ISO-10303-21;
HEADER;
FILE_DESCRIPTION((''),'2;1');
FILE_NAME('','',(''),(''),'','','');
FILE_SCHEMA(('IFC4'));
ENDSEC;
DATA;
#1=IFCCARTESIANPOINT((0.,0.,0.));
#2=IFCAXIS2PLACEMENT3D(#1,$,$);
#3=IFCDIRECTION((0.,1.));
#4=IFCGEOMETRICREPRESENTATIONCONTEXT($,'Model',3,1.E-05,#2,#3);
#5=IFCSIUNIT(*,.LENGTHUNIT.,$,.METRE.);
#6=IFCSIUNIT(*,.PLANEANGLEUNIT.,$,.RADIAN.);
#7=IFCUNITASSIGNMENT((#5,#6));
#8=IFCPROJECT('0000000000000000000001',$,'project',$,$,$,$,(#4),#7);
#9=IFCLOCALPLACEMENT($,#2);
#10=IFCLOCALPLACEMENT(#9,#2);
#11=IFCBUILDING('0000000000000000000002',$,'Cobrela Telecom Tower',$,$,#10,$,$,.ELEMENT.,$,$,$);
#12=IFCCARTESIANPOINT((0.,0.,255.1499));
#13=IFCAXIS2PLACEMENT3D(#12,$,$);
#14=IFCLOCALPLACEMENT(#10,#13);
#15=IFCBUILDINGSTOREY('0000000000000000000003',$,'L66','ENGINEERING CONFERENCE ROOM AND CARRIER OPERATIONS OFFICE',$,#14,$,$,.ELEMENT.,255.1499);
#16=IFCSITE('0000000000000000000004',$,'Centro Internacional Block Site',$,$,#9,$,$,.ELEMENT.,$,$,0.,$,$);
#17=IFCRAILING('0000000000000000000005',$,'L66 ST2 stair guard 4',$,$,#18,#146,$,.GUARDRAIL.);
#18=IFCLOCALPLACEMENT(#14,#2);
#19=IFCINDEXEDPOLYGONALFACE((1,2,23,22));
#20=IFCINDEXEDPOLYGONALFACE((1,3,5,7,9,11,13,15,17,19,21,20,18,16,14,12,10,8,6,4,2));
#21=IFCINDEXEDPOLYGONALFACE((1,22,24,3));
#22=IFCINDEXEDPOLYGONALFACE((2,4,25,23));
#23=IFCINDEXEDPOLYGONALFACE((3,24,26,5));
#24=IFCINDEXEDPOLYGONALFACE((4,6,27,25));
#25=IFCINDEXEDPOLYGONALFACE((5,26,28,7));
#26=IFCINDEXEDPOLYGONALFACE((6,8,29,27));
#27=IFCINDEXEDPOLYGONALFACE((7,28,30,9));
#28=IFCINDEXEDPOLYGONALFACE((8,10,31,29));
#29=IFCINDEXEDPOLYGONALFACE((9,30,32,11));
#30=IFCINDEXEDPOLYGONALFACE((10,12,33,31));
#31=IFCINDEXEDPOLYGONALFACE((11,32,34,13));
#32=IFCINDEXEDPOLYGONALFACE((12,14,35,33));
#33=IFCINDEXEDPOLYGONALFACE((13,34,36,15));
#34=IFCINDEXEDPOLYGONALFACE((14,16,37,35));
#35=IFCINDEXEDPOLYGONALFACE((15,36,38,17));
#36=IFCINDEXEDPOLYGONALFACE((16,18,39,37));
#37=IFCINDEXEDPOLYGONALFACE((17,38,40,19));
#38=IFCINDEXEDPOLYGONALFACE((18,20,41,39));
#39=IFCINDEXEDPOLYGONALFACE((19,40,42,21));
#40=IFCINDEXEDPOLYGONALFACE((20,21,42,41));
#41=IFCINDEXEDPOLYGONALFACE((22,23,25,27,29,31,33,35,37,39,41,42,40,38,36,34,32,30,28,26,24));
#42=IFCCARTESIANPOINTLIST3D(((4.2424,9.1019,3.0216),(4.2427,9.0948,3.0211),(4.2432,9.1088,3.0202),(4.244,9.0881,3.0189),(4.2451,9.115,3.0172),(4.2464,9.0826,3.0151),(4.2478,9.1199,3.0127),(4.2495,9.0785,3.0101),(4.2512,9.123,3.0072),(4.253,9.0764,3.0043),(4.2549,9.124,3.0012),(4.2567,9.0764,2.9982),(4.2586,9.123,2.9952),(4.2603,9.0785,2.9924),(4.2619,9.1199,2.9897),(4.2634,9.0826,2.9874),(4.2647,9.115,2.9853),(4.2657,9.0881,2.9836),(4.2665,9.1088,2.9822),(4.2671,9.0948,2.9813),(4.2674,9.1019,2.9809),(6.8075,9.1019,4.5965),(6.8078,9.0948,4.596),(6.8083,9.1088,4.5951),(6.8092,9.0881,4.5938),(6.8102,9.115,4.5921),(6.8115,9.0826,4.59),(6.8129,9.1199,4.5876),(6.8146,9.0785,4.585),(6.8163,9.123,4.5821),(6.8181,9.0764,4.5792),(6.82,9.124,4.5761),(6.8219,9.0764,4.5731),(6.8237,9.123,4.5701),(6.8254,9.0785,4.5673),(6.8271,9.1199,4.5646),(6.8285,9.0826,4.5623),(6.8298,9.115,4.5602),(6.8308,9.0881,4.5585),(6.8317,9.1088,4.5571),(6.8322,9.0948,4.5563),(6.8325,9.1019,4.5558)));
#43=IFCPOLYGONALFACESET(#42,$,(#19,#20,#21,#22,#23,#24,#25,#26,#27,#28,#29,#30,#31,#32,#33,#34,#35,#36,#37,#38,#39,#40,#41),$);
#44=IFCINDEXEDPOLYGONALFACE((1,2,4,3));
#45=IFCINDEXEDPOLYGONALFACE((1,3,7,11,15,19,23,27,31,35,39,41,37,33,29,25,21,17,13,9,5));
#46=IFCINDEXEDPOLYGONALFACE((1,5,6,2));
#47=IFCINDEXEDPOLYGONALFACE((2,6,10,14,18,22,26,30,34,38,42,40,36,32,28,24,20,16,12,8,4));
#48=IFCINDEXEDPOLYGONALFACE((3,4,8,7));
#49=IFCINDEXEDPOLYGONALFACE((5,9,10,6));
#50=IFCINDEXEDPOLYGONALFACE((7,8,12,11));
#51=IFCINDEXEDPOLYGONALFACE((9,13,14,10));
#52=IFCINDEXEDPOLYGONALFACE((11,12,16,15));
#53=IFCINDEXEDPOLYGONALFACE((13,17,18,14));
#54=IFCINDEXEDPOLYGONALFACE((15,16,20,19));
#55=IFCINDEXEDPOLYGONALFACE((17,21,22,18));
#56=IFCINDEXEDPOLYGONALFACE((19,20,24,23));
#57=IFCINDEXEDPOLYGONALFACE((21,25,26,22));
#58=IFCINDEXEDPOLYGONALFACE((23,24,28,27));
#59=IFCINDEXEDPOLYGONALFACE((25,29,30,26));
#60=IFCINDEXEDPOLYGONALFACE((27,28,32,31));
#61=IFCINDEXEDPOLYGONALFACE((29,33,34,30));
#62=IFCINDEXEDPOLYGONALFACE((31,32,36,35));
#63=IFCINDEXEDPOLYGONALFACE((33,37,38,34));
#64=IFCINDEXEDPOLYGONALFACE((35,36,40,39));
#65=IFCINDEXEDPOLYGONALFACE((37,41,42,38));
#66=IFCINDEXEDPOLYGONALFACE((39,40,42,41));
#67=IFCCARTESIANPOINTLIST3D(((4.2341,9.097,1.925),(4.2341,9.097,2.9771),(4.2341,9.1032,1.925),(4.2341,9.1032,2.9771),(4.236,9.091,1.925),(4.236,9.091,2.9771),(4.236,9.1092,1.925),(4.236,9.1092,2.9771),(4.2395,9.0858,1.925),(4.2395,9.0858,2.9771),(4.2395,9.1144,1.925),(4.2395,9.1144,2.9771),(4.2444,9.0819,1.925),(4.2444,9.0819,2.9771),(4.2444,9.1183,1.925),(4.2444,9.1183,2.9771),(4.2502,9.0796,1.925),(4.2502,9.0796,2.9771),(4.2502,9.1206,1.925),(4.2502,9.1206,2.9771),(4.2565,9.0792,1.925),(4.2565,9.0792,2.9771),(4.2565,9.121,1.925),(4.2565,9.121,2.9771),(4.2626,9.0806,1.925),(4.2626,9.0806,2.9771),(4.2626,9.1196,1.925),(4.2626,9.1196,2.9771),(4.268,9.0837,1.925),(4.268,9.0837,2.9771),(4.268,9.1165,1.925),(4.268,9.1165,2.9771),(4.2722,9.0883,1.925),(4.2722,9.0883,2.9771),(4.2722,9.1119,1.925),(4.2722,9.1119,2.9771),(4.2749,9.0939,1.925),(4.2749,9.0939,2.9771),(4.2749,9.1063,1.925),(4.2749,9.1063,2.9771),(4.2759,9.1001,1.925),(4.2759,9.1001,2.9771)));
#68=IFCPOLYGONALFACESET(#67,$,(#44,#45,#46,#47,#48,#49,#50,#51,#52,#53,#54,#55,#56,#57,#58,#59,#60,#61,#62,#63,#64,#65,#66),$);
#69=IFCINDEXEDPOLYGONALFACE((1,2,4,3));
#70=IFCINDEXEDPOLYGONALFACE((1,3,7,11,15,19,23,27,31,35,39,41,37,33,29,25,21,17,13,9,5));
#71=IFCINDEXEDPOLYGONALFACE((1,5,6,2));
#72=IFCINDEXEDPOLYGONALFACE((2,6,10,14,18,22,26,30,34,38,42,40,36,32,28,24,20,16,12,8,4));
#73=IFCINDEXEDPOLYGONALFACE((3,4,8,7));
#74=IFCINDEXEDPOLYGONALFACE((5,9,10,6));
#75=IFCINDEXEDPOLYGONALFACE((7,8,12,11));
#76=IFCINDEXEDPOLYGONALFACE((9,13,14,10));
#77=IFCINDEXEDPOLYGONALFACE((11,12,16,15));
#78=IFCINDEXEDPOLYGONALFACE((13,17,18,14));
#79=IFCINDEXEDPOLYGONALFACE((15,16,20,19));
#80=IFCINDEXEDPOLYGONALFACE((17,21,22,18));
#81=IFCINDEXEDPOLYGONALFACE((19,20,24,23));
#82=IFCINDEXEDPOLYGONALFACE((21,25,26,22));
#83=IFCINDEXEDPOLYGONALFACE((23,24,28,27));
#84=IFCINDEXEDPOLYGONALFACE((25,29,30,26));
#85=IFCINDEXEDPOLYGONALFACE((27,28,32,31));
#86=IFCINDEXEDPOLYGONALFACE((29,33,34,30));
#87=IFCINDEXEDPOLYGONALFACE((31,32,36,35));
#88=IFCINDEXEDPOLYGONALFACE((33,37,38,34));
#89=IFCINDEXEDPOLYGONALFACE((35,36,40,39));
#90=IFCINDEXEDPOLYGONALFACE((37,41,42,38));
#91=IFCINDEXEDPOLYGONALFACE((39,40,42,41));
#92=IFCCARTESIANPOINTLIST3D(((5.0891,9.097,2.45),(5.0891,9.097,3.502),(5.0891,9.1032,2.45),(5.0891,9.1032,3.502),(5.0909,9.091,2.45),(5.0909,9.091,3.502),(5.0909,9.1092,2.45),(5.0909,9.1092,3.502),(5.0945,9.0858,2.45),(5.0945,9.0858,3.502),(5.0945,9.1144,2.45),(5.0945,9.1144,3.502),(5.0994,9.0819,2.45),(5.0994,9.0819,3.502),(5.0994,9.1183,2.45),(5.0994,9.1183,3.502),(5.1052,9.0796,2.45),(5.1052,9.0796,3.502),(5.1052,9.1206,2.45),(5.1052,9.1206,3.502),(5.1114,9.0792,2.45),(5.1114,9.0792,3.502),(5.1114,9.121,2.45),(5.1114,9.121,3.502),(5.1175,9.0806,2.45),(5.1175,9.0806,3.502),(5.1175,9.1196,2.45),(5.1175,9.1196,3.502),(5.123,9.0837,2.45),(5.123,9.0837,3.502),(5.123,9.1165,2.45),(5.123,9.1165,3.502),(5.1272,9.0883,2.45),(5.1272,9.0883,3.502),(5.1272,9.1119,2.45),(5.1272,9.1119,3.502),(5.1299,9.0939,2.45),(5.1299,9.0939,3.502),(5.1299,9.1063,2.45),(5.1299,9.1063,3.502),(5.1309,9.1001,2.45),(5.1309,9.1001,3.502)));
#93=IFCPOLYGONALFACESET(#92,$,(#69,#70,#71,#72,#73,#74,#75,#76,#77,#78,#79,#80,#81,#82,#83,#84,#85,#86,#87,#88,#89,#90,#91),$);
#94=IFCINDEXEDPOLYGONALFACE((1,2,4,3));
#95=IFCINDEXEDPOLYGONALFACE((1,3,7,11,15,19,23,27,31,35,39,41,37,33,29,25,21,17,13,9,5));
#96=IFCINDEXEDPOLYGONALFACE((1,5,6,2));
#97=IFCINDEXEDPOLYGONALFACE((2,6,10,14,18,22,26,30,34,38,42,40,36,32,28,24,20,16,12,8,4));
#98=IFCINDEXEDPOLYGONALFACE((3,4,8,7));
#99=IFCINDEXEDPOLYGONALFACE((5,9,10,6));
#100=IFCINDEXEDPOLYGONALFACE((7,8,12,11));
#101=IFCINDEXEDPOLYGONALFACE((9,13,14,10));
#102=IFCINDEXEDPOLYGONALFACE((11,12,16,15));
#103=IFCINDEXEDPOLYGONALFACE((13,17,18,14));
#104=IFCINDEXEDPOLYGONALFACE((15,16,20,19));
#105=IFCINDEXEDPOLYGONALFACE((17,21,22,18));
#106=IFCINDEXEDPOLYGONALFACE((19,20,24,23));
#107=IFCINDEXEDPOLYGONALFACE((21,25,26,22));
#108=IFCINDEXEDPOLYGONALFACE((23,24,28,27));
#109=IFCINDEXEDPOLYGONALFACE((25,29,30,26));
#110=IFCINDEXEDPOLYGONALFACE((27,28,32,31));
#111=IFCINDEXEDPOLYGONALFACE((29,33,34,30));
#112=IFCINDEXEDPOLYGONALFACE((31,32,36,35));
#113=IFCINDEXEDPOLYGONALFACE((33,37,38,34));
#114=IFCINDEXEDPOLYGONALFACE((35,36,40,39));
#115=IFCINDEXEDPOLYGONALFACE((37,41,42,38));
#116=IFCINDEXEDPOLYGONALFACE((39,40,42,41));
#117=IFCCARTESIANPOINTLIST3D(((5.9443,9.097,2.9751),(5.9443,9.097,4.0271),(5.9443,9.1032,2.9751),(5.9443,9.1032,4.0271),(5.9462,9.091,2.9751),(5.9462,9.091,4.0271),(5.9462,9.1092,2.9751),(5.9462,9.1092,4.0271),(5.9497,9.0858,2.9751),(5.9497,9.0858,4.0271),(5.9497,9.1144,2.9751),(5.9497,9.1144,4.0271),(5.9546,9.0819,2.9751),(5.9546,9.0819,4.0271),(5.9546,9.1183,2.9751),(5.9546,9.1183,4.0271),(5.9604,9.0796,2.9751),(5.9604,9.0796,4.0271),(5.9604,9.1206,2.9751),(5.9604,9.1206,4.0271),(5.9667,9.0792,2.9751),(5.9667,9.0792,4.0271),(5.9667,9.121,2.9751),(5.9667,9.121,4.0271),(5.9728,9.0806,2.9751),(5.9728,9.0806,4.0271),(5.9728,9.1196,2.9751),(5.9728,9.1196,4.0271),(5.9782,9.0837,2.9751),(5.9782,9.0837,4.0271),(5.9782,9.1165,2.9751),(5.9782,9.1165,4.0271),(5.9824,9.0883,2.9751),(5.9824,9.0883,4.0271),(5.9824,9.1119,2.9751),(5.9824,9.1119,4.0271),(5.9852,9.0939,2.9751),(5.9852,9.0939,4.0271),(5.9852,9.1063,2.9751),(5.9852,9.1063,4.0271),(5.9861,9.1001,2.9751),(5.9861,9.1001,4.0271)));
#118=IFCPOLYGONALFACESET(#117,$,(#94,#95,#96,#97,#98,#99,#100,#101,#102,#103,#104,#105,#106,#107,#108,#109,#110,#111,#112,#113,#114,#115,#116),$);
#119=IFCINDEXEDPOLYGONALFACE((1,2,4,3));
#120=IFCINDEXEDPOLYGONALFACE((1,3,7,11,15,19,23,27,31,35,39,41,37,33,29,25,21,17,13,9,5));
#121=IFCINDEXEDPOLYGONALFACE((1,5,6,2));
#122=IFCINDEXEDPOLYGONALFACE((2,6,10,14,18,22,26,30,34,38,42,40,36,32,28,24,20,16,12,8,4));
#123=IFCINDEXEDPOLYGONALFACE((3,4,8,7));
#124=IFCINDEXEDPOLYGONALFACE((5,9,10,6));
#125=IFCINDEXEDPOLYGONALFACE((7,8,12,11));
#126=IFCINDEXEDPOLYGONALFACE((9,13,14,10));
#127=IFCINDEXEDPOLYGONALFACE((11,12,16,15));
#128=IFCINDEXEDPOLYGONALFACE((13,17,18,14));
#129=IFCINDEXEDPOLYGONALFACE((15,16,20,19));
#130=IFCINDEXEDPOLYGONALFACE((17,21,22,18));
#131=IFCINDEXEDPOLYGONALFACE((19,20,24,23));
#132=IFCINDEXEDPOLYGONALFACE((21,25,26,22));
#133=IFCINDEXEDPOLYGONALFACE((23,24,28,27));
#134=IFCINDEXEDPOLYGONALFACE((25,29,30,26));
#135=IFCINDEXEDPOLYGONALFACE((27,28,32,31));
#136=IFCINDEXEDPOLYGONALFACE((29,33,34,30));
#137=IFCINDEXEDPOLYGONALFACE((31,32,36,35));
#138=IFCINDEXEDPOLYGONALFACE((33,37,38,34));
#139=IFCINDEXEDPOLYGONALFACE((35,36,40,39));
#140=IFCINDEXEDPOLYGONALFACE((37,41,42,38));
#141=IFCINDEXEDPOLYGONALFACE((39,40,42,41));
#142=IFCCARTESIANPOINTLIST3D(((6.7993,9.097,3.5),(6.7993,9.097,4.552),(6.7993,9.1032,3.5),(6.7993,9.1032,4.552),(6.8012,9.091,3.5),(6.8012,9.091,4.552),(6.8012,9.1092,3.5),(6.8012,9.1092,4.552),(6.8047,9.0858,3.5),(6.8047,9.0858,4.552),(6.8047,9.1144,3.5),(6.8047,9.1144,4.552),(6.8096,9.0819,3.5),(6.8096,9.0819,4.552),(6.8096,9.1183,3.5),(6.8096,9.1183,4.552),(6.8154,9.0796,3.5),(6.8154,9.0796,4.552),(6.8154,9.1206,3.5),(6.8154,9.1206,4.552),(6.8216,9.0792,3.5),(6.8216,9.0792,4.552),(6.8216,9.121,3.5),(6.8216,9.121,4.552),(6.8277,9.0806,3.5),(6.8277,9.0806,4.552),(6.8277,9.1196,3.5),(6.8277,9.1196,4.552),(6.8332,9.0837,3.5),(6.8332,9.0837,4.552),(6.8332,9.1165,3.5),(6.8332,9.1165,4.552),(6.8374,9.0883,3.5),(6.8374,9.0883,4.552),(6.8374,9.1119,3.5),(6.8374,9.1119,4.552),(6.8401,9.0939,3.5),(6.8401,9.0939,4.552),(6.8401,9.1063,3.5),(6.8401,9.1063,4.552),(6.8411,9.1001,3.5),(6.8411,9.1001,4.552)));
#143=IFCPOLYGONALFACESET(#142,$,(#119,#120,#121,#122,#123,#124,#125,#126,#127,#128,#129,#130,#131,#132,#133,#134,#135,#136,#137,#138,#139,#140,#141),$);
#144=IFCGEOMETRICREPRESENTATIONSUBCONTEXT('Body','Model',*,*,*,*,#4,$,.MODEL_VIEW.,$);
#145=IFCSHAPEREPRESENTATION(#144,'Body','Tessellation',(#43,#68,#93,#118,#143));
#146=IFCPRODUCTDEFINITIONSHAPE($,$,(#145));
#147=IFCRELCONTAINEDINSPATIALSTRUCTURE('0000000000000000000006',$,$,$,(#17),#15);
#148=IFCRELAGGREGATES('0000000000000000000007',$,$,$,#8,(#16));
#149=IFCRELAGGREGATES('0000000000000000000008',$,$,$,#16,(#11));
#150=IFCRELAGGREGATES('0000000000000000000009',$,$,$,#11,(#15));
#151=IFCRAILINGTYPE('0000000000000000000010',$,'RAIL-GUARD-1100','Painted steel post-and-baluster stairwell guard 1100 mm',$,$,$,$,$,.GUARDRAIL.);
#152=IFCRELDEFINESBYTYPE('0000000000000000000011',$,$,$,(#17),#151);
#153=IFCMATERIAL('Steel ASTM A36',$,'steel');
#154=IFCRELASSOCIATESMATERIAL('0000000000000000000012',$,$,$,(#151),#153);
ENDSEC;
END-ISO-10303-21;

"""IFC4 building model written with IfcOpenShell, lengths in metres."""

from ifc_helpers import new_model, si_unit, direction, frame, origin, origin_2d, place, context, subcontext, project, spatial, circle, extrude, material, type_object, element, save


model = new_model("IFC4")

# Units and contexts
model_context = context("Model", 3, precision=1e-05, world=origin(), true_north=direction((0.0, 1.0)))
body_context = subcontext(model_context, "Body", "Model", "MODEL_VIEW")
ifc_project = project(units=[si_unit("LENGTHUNIT", "METRE"), si_unit("PLANEANGLEUNIT", "RADIAN")], contexts=[model_context])

# Site, building, storey
site_placement = place(None, origin())
site = spatial("IfcSite", under=ifc_project, at=site_placement, Name="Centro Internacional Block Site", CompositionType="ELEMENT", RefElevation=0.0)
building_placement = place(site_placement, origin())
building = spatial("IfcBuilding", under=site, at=building_placement, Name="Cobrela Telecom Tower", CompositionType="ELEMENT")
storey_placement = place(building_placement, frame((0.0, 0.0, 255.1499)))
storey = spatial("IfcBuildingStorey", under=building, at=storey_placement, Name="L66", Description="ENGINEERING CONFERENCE ROOM AND CARRIER OPERATIONS OFFICE", CompositionType="ELEMENT", Elevation=255.1499)

# Railing
ifc_material_1 = material(Name="Steel ASTM A36", Category="steel")
railing_type_1 = type_object("IfcRailingType", Name="RAIL-GUARD-1100", Description="Painted steel post-and-baluster stairwell guard 1100 mm", PredefinedType="GUARDRAIL", material=ifc_material_1)
railing_1_placement = place(storey_placement, frame((4.2549, 9.1001, 1.925)))
element("IfcRailing", 1, at=railing_1_placement, inside=storey, type_object=railing_type_1, Name="L66 ST2 stair guard 4", PredefinedType="GUARDRAIL", context=body_context, shape_type="SweptSolid", body=[
    extrude(circle(Radius=0.0239, at=origin_2d()), frame((0.0, 0.0, 1.0762), z_axis=(0.852195, 0.0, 0.523224), x_axis=(0.0, 1.0, 0.0)), (0.0, 0.0, 1.0), 3.01),
    extrude(circle(Radius=0.021, at=origin_2d()), origin(), (0.0, 0.0, 1.0), 1.052),
    extrude(circle(Radius=0.021, at=origin_2d()), frame((0.855, 0.0, 0.5249)), (0.0, 0.0, 1.0), 1.052),
    extrude(circle(Radius=0.021, at=origin_2d()), frame((1.7102, 0.0, 1.05)), (0.0, 0.0, 1.0), 1.052),
    extrude(circle(Radius=0.021, at=origin_2d()), frame((2.5652, 0.0, 1.575)), (0.0, 0.0, 1.0), 1.052),
])

save(model, "model.ifc")
